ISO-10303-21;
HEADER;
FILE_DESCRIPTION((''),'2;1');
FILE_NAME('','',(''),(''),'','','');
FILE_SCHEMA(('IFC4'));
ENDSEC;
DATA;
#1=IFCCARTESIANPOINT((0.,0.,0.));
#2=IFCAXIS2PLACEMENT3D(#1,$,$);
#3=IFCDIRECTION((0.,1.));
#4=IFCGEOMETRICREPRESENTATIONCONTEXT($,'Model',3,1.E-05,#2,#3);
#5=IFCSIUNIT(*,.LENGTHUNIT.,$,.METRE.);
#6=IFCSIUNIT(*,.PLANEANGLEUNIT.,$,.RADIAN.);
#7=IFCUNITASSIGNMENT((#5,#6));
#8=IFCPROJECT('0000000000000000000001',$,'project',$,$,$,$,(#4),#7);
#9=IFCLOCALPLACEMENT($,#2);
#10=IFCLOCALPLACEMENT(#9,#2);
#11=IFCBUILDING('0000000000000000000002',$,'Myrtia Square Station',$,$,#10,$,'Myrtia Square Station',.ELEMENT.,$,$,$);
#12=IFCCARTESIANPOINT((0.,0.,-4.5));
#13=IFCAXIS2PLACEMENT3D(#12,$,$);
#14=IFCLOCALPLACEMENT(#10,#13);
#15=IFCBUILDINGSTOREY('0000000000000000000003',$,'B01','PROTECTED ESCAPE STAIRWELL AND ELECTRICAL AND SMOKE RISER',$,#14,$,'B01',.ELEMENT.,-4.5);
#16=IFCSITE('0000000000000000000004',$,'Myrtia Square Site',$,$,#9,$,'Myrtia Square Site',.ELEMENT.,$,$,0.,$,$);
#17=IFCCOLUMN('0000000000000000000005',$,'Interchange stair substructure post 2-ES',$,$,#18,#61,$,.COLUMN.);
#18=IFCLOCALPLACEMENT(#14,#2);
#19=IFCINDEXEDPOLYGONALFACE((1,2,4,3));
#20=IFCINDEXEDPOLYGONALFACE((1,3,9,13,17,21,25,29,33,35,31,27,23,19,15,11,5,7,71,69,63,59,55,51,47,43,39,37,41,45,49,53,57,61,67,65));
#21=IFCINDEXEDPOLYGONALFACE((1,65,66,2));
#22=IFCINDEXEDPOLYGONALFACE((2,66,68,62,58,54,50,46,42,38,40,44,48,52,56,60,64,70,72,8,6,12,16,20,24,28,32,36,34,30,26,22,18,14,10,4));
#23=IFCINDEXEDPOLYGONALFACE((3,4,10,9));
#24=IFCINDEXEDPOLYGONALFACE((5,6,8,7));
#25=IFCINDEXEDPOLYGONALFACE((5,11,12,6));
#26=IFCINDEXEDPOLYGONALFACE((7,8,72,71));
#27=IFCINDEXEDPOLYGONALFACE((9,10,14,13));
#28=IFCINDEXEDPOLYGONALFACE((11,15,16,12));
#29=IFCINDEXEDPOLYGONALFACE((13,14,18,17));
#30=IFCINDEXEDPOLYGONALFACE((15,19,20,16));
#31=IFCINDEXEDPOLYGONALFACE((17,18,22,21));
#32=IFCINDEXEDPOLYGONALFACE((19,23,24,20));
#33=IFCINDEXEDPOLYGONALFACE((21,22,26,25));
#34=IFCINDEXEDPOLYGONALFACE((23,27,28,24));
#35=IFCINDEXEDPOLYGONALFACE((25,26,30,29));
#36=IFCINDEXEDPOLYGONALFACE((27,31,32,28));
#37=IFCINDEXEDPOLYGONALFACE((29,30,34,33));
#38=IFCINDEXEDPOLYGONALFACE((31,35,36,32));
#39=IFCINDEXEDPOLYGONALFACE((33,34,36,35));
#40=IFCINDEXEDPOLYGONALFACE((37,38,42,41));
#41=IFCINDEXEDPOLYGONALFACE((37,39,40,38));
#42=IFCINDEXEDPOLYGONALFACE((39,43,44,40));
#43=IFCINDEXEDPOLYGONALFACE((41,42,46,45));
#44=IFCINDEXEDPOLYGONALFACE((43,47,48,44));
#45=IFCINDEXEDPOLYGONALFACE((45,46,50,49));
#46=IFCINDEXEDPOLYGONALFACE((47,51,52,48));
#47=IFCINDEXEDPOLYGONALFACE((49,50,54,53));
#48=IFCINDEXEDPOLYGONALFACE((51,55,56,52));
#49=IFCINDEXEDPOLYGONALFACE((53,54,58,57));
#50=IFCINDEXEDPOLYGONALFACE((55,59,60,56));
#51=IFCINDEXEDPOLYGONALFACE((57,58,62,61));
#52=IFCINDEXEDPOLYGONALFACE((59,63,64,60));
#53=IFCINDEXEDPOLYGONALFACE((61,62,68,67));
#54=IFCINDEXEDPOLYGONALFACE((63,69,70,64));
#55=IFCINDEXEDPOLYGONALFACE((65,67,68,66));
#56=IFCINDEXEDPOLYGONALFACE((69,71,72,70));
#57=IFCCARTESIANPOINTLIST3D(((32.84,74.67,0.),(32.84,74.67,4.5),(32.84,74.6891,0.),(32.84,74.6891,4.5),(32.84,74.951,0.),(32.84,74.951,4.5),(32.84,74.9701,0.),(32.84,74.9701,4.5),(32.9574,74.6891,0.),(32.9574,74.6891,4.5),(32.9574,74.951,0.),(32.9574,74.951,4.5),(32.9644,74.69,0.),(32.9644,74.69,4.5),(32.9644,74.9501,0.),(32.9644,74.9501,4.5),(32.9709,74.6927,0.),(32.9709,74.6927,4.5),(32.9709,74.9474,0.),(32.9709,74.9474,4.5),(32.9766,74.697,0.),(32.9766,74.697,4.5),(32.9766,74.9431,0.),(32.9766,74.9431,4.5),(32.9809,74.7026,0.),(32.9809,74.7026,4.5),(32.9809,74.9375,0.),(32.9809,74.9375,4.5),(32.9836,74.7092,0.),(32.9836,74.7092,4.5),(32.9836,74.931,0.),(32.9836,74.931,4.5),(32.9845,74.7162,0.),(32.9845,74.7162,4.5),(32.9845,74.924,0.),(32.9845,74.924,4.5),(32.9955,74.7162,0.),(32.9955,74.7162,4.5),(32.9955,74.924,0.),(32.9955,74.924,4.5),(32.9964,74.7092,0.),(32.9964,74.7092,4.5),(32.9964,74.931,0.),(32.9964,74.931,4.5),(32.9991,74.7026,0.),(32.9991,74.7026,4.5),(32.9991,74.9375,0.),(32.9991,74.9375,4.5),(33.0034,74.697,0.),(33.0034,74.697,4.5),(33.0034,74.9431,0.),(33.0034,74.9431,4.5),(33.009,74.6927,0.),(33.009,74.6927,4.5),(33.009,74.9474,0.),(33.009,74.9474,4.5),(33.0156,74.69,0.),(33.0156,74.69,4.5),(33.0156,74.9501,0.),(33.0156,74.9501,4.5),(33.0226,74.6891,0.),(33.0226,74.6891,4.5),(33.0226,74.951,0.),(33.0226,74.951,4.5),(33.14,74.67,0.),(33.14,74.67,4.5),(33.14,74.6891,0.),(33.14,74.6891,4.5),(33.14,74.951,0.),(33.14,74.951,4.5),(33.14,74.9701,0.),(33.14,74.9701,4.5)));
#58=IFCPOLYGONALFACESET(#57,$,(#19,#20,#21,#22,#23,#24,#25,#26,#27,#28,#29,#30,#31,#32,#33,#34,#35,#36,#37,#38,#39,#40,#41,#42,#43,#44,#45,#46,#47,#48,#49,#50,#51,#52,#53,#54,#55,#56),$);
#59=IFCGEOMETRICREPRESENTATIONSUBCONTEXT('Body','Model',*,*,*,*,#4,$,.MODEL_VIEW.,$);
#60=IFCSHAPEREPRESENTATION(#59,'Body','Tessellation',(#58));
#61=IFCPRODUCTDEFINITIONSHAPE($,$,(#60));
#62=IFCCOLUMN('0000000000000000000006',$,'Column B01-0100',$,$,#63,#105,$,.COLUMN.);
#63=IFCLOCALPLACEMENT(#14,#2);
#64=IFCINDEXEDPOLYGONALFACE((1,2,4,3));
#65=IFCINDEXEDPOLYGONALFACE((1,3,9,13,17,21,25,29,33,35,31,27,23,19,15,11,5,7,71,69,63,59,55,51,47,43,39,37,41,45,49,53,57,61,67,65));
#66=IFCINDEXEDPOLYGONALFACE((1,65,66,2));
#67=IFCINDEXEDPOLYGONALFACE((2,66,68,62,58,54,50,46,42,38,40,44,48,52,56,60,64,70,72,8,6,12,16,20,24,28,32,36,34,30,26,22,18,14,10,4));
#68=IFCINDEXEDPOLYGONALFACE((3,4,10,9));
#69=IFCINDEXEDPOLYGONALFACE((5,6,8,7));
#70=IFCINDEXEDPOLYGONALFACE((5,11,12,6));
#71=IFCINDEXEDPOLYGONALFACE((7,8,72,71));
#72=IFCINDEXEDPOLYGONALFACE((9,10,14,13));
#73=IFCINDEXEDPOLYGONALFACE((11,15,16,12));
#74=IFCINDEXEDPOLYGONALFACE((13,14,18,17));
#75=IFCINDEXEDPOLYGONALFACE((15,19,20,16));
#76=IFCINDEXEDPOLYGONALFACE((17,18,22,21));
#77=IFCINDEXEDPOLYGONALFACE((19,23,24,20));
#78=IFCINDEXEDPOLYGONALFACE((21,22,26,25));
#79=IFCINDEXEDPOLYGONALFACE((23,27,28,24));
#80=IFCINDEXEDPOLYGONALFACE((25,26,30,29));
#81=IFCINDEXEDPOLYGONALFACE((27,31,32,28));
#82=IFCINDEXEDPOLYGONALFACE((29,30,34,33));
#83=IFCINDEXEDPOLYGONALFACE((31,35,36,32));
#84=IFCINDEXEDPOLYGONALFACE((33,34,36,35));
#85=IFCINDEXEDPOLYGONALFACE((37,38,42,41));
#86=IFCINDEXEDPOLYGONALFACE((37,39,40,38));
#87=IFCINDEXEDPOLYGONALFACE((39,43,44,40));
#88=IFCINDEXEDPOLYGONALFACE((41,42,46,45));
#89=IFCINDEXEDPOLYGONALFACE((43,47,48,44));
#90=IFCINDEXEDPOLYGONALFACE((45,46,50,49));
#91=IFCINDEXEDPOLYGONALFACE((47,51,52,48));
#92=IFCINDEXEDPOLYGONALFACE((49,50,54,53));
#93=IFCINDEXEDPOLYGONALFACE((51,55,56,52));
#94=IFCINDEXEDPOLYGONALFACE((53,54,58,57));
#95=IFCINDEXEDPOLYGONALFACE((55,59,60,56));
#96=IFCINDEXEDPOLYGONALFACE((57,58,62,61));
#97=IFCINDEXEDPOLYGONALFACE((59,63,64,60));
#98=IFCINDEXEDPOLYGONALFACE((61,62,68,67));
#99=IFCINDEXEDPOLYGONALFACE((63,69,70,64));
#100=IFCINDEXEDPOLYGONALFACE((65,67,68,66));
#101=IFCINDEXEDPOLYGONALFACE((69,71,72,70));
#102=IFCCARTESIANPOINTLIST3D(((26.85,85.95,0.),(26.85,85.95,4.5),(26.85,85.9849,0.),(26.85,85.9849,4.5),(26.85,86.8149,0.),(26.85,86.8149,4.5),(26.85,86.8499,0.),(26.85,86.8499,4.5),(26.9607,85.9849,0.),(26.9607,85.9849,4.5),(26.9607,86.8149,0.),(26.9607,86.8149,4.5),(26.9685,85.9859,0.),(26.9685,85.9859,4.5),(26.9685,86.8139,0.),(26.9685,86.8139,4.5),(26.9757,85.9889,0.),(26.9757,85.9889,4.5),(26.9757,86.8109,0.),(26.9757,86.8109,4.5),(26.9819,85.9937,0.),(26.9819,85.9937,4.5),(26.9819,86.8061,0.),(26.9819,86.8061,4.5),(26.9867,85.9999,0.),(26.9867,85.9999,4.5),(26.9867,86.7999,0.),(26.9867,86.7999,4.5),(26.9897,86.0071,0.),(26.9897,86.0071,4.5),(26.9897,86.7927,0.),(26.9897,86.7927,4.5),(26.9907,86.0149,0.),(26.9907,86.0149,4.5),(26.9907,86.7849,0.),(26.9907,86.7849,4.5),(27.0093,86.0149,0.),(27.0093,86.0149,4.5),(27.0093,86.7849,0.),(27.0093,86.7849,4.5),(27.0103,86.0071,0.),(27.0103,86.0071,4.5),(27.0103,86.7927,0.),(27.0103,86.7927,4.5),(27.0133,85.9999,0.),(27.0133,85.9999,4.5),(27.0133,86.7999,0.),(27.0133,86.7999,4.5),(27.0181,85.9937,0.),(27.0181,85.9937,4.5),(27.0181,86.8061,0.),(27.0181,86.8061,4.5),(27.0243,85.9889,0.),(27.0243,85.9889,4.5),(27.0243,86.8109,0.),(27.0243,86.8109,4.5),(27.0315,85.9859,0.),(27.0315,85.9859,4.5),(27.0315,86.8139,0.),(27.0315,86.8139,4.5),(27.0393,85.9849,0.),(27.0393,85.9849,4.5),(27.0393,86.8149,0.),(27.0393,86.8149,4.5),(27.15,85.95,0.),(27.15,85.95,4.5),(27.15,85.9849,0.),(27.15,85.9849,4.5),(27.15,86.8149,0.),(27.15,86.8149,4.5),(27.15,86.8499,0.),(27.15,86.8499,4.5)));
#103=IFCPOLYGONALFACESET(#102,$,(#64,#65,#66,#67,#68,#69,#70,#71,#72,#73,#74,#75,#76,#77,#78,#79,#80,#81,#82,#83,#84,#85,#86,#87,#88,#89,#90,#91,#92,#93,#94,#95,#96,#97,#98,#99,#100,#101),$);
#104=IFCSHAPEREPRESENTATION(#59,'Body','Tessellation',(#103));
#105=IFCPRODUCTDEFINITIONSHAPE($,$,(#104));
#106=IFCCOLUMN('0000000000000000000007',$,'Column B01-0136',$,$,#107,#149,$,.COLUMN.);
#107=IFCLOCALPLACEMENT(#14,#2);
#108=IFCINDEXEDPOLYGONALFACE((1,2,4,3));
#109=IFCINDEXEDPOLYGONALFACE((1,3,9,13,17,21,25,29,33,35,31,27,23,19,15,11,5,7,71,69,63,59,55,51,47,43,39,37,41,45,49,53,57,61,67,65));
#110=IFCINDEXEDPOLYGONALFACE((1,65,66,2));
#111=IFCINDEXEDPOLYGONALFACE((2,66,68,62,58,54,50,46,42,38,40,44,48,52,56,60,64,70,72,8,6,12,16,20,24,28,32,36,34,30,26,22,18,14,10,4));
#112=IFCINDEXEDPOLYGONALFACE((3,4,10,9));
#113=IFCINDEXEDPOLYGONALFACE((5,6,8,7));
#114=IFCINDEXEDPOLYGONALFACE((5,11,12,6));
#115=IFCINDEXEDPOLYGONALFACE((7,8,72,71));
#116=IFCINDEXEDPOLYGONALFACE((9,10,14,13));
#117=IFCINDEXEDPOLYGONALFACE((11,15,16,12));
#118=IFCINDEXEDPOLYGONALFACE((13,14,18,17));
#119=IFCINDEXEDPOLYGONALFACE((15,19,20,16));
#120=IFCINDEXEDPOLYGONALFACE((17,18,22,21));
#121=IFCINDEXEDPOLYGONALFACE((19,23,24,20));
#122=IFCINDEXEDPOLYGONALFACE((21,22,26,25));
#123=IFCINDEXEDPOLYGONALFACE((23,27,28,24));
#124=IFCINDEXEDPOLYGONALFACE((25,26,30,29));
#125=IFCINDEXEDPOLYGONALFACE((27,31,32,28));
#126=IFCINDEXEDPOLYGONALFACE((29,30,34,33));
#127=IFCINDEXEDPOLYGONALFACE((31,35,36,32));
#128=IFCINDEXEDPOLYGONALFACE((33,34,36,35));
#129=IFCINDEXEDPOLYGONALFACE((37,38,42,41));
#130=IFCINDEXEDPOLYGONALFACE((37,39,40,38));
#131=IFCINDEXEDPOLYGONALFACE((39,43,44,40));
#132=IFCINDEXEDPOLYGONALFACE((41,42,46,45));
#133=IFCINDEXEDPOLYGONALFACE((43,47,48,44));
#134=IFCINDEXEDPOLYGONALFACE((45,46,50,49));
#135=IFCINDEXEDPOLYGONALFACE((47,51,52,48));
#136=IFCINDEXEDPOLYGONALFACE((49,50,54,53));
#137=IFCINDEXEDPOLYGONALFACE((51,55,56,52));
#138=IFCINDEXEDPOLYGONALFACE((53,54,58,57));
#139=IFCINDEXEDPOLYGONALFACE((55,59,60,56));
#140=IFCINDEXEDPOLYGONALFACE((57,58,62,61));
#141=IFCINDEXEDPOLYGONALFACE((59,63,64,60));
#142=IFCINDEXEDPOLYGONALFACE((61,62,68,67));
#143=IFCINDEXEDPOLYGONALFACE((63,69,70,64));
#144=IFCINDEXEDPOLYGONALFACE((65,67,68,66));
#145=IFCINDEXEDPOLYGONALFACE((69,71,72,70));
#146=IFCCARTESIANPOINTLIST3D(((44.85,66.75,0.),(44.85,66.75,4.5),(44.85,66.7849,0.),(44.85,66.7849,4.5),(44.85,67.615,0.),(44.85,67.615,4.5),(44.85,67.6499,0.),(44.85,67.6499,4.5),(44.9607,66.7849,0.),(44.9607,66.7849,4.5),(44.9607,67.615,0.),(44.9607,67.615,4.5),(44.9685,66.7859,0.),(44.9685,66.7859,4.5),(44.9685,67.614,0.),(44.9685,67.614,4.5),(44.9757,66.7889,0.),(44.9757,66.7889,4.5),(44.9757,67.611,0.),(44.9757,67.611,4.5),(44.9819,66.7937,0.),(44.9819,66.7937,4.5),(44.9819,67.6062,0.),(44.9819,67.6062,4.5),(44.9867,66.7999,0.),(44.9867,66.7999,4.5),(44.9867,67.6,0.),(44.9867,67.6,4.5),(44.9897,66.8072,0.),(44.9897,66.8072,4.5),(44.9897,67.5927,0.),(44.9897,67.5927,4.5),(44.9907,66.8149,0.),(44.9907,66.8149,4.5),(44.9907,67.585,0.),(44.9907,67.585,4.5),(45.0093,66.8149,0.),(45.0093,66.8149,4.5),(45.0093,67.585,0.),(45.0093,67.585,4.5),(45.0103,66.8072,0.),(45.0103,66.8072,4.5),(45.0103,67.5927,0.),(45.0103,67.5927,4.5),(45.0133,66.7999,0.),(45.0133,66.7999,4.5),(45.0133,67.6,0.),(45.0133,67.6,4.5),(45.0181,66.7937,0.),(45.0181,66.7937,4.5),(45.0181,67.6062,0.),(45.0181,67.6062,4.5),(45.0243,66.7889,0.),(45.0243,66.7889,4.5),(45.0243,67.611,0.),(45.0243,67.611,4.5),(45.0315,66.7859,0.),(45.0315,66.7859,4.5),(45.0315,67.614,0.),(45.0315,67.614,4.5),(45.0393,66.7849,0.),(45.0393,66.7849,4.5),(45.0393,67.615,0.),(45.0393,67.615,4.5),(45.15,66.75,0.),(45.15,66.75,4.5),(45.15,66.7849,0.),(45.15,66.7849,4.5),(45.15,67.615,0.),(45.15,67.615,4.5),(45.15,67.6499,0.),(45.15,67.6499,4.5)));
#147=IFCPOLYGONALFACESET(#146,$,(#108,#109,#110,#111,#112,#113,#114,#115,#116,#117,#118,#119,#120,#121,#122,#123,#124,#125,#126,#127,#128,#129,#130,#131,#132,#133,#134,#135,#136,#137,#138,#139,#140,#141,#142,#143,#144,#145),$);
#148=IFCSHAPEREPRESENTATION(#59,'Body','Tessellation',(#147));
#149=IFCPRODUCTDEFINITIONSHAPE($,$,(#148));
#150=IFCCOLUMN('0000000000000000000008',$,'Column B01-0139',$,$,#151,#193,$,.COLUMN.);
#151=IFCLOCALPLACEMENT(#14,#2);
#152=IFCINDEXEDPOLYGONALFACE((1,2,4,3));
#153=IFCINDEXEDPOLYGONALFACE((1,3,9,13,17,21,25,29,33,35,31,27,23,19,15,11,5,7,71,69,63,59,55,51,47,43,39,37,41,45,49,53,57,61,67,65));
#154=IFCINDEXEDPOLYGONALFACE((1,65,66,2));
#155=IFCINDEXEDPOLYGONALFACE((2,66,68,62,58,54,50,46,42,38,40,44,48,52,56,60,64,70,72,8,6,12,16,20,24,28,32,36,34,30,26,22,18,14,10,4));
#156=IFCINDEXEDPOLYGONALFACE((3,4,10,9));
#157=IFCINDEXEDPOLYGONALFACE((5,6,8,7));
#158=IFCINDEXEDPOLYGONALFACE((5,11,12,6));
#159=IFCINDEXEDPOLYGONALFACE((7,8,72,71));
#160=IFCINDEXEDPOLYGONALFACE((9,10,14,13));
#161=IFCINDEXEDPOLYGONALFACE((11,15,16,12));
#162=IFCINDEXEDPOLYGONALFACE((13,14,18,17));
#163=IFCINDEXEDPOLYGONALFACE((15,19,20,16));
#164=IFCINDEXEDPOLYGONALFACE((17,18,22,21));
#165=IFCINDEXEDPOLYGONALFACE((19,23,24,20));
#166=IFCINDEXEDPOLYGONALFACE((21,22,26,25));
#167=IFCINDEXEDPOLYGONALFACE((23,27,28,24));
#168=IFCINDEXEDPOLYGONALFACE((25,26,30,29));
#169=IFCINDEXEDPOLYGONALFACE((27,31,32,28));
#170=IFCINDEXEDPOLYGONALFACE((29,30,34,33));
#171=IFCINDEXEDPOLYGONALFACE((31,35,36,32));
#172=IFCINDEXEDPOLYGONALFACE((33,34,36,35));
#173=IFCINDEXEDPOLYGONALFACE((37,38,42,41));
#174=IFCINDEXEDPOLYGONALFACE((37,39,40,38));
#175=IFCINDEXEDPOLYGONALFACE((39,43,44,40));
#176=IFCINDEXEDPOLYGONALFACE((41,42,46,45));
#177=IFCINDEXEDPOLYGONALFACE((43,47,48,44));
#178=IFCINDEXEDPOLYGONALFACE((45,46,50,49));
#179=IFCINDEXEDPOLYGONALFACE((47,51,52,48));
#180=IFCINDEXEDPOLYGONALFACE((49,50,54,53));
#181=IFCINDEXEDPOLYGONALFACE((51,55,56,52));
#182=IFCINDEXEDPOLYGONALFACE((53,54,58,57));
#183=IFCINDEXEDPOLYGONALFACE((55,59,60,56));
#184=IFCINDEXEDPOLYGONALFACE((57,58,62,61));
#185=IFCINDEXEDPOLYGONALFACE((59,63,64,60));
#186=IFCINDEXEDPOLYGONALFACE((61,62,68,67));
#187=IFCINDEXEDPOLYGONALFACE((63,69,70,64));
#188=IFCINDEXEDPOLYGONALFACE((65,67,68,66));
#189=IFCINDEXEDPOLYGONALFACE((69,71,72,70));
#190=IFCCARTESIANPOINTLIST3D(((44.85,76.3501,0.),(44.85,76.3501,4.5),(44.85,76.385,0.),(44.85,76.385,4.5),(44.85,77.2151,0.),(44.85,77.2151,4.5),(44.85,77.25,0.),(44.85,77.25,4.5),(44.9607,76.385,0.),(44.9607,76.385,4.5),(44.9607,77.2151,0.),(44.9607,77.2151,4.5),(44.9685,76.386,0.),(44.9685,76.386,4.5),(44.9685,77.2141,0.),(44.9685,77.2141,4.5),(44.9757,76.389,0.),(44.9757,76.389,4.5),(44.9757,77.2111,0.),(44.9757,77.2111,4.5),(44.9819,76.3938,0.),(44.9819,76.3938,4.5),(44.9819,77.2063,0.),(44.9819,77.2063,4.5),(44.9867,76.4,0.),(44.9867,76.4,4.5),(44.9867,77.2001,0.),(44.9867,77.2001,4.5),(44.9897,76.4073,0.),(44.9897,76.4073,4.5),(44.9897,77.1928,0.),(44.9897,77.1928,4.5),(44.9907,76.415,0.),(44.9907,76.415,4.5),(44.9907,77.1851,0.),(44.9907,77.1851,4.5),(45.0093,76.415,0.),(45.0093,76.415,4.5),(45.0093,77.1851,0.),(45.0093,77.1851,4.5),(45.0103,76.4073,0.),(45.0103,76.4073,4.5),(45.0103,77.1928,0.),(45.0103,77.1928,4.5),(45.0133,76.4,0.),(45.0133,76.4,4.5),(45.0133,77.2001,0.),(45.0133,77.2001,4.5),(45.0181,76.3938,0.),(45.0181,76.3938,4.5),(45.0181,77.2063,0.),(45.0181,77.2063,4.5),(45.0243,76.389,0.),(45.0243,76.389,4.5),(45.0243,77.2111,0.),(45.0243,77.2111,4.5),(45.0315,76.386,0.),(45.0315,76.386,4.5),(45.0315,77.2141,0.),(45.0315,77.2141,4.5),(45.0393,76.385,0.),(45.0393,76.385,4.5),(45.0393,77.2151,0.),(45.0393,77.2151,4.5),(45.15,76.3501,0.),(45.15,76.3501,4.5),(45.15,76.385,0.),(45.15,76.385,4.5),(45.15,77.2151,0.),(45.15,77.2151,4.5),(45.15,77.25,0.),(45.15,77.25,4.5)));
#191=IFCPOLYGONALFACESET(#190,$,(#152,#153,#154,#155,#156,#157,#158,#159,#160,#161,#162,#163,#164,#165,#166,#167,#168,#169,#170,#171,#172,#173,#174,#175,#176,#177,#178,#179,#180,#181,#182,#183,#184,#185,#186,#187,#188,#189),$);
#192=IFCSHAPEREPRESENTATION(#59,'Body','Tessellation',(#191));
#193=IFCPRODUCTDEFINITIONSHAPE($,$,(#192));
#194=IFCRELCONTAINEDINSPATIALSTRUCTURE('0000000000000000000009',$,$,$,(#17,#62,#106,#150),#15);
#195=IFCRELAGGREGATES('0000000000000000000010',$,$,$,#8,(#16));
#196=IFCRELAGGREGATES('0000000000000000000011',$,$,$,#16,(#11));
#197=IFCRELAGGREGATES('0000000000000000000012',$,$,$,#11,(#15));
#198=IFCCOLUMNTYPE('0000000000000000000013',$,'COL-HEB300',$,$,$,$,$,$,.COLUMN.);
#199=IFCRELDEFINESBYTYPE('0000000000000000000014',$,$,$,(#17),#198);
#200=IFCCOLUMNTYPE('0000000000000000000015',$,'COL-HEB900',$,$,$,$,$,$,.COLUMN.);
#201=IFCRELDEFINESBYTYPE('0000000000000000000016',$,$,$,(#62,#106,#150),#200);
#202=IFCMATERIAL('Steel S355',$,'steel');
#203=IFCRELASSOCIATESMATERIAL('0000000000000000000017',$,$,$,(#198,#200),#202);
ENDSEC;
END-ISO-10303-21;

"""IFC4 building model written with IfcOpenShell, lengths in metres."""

from ifc_helpers import new_model, si_unit, direction, frame, origin, origin_2d, place, context, subcontext, project, spatial, i_section, extrude, material, material_profile, profile_set, type_object, element, save


model = new_model("IFC4")

# Units and contexts
model_context = context("Model", 3, precision=1e-05, world=origin(), true_north=direction((0.0, 1.0)))
body_context = subcontext(model_context, "Body", "Model", "MODEL_VIEW")
ifc_project = project(units=[si_unit("LENGTHUNIT", "METRE"), si_unit("PLANEANGLEUNIT", "RADIAN")], contexts=[model_context])

# Site, building, storey
site_placement = place(None, origin())
site = spatial("IfcSite", under=ifc_project, at=site_placement, Name="Myrtia Square Site", LongName="Myrtia Square Site", CompositionType="ELEMENT", RefElevation=0.0)
building_placement = place(site_placement, origin())
building = spatial("IfcBuilding", under=site, at=building_placement, Name="Myrtia Square Station", LongName="Myrtia Square Station", CompositionType="ELEMENT")
storey_placement = place(building_placement, frame((0.0, 0.0, -4.5)))
storey = spatial("IfcBuildingStorey", under=building, at=storey_placement, Name="B01", Description="PROTECTED ESCAPE STAIRWELL AND ELECTRICAL AND SMOKE RISER", LongName="B01", CompositionType="ELEMENT", Elevation=-4.5)

# Columns
ifc_material_1 = material(Name="Steel S355", Category="steel")
ifc_material_profile_1 = material_profile(ifc_material_1, i_section(OverallWidth=0.3, OverallDepth=0.3, WebThickness=0.011, FlangeThickness=0.019, FilletRadius=0.0271, at=origin_2d()), Name="HEB 300")
ifc_profile_set_1 = profile_set([ifc_material_profile_1], Name="Steel S355")
column_type_1 = type_object("IfcColumnType", Name="COL-HEB300", PredefinedType="COLUMN", material=ifc_profile_set_1)
for number, where, z_axis, x_axis, name in (
    (1, (32.99, 74.8201, 0.0), (0.0, 0.0, 1.0), (1.0, 0.0, 0.0), "Interchange stair substructure post 2-ES"),
):
    element("IfcColumn", number, at=place(storey_placement, frame(where, z_axis=z_axis, x_axis=x_axis)), inside=storey, type_object=column_type_1, Name=name, PredefinedType="COLUMN", context=body_context, shape_type="SweptSolid", body=[
        extrude(i_section(OverallWidth=0.3, OverallDepth=0.3, WebThickness=0.011, FlangeThickness=0.019, FilletRadius=0.0271, at=origin_2d()), origin(), (0.0, 0.0, 1.0), 4.5),
    ])
ifc_material_profile_2 = material_profile(ifc_material_1, i_section(OverallWidth=0.3, OverallDepth=0.8999, WebThickness=0.0186, FlangeThickness=0.0349, FilletRadius=0.03, at=origin_2d()), Name="HEB 900")
ifc_profile_set_2 = profile_set([ifc_material_profile_2], Name="Steel S355")
column_type_2 = type_object("IfcColumnType", Name="COL-HEB900", PredefinedType="COLUMN", material=ifc_profile_set_2)
for number, where, z_axis, x_axis, name in (
    (2, (27.0, 86.3999, 0.0), (0.0, 0.0, 1.0), (1.0, 0.0, 0.0), "Column B01-0100"),
    (3, (45.0, 67.2, 0.0), (0.0, 0.0, 1.0), (1.0, 0.0, 0.0), "Column B01-0136"),
    (4, (45.0, 76.8, 0.0), (0.0, 0.0, 1.0), (1.0, 0.0, 0.0), "Column B01-0139"),
):
    element("IfcColumn", number, at=place(storey_placement, frame(where, z_axis=z_axis, x_axis=x_axis)), inside=storey, type_object=column_type_2, Name=name, PredefinedType="COLUMN", context=body_context, shape_type="SweptSolid", body=[
        extrude(i_section(OverallWidth=0.3, OverallDepth=0.8999, WebThickness=0.0186, FlangeThickness=0.0349, FilletRadius=0.03, at=origin_2d()), origin(), (0.0, 0.0, 1.0), 4.5),
    ])

save(model, "model.ifc")
